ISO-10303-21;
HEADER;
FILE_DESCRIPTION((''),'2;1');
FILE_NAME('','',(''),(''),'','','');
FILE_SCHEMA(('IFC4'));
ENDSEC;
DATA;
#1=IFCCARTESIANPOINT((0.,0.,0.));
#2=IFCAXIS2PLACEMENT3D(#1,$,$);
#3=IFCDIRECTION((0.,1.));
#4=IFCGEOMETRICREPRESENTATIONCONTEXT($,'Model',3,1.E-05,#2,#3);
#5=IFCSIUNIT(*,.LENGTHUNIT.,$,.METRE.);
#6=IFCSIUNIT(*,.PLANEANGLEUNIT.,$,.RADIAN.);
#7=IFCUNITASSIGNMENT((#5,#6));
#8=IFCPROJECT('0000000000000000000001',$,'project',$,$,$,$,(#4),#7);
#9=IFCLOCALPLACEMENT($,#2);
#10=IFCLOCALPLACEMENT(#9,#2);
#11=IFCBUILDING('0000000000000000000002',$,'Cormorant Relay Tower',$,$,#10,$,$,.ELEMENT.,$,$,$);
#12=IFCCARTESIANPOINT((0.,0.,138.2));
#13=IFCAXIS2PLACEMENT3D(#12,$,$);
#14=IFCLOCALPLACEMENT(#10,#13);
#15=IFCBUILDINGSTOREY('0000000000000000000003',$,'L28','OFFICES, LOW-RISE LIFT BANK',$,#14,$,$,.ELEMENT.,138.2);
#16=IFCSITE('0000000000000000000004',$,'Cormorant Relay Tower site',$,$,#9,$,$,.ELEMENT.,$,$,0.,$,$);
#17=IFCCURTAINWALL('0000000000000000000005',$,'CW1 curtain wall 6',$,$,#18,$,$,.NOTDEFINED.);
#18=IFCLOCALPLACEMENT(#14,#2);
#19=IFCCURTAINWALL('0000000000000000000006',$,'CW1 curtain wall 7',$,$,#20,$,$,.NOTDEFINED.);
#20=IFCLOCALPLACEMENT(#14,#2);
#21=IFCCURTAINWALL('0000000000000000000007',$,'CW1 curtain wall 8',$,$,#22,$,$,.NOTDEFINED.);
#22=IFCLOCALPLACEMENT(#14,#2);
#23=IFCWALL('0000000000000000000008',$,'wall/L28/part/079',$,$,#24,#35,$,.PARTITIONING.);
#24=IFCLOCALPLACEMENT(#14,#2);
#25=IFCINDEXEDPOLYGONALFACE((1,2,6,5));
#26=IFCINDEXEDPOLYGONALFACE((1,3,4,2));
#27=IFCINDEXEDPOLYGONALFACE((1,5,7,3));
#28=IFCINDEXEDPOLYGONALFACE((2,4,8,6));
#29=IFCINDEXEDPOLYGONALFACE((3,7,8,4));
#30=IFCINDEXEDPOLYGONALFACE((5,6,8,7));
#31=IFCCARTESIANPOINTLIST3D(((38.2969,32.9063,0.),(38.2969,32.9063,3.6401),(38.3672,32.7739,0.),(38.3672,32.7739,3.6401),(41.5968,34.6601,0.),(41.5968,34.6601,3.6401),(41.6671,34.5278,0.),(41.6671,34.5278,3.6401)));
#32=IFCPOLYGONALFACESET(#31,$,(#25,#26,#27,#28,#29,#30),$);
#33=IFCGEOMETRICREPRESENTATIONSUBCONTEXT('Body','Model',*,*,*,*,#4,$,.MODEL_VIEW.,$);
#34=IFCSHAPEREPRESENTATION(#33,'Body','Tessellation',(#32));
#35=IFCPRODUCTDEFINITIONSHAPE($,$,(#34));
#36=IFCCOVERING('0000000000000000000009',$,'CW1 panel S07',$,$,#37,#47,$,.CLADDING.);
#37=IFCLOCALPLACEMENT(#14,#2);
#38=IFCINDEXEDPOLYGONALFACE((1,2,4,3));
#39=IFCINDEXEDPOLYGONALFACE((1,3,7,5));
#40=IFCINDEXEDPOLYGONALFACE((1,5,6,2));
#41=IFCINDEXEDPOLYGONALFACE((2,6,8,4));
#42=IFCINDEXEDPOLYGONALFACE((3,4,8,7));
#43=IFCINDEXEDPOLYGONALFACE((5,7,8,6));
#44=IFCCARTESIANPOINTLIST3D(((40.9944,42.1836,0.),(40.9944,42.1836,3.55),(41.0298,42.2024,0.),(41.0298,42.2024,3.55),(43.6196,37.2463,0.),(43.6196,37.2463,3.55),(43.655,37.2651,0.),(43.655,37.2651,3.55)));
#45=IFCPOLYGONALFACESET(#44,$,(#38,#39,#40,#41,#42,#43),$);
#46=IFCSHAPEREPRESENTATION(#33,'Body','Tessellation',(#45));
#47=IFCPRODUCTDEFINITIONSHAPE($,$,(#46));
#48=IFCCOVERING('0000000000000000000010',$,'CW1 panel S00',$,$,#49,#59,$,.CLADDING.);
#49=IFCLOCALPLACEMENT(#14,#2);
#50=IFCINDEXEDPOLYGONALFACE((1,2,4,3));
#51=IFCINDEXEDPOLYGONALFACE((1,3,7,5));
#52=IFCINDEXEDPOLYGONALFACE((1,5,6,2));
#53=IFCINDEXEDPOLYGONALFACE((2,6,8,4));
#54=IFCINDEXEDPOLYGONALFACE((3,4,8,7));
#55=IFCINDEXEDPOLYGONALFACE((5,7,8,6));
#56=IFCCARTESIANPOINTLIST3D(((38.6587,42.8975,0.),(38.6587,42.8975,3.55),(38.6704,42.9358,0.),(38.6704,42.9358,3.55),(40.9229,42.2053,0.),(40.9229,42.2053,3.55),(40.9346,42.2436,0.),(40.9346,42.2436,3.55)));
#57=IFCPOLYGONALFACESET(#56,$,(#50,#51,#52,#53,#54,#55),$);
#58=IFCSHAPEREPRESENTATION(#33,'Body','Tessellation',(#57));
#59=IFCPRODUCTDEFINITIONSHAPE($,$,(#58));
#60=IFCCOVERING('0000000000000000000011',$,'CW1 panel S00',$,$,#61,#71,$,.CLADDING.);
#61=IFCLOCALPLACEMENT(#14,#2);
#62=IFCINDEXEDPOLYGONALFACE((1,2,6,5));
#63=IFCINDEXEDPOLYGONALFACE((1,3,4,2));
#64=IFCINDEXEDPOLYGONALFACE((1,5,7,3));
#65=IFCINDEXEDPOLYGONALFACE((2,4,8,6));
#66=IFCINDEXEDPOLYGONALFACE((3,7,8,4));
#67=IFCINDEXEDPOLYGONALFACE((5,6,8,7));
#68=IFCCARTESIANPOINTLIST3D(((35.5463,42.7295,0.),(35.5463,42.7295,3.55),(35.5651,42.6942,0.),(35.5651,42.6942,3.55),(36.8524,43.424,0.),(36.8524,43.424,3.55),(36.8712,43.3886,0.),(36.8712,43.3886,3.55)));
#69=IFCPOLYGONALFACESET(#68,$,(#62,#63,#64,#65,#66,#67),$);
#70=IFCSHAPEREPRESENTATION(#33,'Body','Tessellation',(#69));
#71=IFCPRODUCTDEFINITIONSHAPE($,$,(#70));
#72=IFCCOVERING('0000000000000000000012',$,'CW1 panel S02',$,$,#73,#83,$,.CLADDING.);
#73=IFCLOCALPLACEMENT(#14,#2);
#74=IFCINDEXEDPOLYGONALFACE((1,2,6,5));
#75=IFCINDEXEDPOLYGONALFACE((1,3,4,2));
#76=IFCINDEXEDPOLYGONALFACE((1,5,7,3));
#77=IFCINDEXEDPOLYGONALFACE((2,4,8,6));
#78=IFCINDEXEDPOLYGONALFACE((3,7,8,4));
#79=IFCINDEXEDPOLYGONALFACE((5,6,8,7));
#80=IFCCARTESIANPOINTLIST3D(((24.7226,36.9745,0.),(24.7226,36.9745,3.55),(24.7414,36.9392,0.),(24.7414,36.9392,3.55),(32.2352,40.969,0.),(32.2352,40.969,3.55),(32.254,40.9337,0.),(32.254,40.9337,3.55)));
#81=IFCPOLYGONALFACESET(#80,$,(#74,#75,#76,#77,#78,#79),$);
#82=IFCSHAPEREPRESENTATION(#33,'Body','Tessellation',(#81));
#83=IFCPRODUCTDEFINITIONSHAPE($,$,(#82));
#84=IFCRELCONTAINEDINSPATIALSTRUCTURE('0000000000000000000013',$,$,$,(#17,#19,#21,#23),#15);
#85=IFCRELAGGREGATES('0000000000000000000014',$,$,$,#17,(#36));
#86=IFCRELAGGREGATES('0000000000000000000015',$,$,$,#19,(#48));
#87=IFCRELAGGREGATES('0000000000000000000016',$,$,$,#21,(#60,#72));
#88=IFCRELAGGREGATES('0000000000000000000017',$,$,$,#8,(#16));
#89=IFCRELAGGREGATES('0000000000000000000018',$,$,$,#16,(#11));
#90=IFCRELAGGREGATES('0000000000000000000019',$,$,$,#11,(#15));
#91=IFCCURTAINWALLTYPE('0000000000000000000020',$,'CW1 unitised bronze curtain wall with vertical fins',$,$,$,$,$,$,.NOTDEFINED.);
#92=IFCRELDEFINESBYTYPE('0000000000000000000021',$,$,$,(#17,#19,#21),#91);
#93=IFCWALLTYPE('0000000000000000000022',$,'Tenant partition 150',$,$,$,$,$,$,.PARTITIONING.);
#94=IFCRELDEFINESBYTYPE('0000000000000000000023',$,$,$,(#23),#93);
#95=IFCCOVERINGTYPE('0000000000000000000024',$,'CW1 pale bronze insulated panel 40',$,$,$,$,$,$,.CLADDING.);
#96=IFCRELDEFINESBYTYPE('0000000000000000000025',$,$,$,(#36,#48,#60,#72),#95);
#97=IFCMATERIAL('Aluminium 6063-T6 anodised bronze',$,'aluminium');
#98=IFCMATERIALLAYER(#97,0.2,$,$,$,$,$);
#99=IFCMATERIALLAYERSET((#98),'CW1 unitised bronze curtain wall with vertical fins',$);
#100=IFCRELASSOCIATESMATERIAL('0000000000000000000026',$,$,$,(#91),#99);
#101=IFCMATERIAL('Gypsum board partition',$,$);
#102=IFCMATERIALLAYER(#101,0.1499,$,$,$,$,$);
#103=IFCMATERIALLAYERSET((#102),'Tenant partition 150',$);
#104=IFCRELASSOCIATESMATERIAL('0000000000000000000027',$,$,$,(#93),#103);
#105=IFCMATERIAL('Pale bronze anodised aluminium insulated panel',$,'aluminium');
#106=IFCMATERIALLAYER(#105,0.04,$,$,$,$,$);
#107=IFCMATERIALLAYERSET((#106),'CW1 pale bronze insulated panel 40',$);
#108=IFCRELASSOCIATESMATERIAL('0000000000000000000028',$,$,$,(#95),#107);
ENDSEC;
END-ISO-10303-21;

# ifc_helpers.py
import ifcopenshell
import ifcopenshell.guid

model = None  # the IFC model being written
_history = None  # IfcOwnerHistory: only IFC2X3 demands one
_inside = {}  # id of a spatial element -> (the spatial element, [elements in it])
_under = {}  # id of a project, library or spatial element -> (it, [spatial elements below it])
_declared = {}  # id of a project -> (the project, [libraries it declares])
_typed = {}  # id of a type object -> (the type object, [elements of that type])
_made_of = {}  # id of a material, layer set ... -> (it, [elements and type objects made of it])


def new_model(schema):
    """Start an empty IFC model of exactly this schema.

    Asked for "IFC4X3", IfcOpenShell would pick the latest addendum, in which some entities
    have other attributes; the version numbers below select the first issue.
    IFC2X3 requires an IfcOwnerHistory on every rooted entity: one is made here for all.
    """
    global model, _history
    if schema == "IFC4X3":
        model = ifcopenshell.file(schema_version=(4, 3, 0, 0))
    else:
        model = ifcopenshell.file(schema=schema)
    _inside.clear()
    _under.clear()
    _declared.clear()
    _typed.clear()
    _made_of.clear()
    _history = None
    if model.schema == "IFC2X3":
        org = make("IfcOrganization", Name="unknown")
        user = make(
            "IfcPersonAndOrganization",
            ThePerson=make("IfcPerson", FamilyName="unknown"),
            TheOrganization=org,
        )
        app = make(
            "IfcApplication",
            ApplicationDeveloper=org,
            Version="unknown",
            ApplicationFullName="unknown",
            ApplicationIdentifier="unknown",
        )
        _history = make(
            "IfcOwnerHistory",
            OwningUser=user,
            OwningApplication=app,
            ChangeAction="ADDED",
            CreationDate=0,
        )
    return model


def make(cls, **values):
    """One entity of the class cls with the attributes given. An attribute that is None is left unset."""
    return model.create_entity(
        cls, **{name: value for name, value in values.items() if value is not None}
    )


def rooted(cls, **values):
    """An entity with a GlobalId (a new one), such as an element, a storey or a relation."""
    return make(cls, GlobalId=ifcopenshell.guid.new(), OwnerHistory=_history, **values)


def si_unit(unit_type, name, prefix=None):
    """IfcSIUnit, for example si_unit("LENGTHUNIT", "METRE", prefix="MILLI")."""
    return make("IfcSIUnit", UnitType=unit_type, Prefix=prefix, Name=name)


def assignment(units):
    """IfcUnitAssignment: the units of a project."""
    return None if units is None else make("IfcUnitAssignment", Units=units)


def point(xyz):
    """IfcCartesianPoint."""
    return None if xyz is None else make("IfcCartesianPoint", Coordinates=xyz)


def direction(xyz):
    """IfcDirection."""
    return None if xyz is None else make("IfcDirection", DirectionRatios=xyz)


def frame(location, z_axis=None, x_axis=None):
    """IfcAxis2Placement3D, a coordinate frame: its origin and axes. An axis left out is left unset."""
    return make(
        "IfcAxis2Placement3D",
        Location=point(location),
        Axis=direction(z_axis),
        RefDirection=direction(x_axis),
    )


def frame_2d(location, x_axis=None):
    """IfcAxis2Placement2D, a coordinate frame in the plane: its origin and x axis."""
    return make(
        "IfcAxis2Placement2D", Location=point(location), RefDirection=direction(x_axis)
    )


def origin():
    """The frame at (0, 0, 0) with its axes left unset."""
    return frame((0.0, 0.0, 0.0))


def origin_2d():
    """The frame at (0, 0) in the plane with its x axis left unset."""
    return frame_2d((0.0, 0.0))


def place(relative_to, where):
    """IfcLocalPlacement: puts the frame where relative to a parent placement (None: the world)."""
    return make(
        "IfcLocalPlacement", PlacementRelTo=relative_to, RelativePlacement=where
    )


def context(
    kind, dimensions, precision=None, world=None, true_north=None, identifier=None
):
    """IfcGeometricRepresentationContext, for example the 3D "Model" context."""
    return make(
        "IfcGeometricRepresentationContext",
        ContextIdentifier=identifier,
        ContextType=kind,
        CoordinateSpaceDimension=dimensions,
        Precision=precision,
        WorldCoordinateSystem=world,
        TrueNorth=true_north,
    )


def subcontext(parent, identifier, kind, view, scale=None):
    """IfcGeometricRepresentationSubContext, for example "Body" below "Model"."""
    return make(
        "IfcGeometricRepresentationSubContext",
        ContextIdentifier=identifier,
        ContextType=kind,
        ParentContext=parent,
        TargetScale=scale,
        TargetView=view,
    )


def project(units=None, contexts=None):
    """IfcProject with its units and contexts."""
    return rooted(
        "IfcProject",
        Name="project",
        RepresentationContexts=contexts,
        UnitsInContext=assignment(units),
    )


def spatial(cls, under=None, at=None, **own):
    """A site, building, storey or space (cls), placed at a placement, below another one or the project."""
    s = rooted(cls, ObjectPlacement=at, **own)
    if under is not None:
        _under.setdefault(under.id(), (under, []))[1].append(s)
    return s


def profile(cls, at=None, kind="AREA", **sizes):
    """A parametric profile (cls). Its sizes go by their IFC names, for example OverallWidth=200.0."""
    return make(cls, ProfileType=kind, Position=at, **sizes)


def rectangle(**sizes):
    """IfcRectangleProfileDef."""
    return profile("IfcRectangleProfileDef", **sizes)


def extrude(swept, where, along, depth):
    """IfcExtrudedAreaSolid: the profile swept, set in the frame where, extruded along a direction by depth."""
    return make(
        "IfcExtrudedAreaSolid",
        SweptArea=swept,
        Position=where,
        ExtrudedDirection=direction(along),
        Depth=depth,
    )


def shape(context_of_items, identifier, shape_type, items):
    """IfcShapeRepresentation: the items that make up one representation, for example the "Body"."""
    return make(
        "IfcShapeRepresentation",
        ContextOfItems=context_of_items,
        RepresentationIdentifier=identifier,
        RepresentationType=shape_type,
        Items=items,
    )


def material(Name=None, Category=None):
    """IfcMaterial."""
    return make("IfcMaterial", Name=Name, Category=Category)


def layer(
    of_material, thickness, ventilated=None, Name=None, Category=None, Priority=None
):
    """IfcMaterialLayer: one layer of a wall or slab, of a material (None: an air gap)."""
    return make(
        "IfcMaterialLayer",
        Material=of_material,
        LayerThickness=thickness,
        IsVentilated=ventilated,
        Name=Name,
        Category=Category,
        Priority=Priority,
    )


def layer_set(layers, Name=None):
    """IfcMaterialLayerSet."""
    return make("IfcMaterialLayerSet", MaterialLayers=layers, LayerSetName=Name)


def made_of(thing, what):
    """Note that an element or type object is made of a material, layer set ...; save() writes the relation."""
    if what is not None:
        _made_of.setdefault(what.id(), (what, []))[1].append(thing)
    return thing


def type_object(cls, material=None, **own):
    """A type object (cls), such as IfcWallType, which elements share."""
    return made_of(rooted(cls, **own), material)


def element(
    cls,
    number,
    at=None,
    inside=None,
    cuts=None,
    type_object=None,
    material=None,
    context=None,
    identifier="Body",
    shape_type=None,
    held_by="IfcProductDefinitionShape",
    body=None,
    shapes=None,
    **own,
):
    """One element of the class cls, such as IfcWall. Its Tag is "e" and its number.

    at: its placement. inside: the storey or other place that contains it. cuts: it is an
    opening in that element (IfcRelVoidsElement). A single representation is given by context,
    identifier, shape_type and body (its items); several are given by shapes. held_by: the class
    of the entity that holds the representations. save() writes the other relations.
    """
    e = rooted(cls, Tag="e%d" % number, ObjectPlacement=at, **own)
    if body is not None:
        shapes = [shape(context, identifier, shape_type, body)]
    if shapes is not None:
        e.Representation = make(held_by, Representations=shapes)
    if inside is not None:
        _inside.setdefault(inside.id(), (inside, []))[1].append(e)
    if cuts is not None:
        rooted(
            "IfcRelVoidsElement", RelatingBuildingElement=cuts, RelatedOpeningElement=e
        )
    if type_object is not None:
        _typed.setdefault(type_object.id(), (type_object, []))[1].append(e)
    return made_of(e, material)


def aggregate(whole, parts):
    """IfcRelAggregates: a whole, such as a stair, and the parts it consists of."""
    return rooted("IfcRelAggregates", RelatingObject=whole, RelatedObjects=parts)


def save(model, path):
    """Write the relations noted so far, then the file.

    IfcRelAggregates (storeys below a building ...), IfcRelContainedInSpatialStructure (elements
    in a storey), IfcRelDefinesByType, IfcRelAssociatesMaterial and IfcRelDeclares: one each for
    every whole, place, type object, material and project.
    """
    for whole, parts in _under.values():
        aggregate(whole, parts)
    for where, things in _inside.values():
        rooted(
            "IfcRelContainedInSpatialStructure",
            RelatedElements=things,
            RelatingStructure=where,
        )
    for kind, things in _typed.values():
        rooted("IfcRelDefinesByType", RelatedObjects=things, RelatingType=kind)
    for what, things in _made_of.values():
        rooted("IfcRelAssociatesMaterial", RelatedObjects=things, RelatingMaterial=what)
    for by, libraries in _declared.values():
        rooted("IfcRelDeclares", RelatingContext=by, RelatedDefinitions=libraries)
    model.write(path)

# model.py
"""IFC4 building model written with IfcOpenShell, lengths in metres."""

from ifc_helpers import new_model, si_unit, direction, frame, frame_2d, origin, origin_2d, place, context, subcontext, project, spatial, rectangle, extrude, material, layer, layer_set, type_object, element, aggregate, save


model = new_model("IFC4")

# Units and contexts
model_context = context("Model", 3, precision=1e-05, world=origin(), true_north=direction((0.0, 1.0)))
body_context = subcontext(model_context, "Body", "Model", "MODEL_VIEW")
ifc_project = project(units=[si_unit("LENGTHUNIT", "METRE"), si_unit("PLANEANGLEUNIT", "RADIAN")], contexts=[model_context])

# Site, building, storey
site_placement = place(None, origin())
site = spatial("IfcSite", under=ifc_project, at=site_placement, Name="Cormorant Relay Tower site", CompositionType="ELEMENT", RefElevation=0.0)
building_placement = place(site_placement, origin())
building = spatial("IfcBuilding", under=site, at=building_placement, Name="Cormorant Relay Tower", CompositionType="ELEMENT")
storey_placement = place(building_placement, frame((0.0, 0.0, 138.2)))
storey = spatial("IfcBuildingStorey", under=building, at=storey_placement, Name="L28", Description="OFFICES, LOW-RISE LIFT BANK", CompositionType="ELEMENT", Elevation=138.2)

# Curtain wall
ifc_material_1 = material(Name="Aluminium 6063-T6 anodised bronze", Category="aluminium")
ifc_layer_1 = layer(ifc_material_1, 0.2)
ifc_layer_set_1 = layer_set([ifc_layer_1], Name="CW1 unitised bronze curtain wall with vertical fins")
curtain_wall_type = type_object("IfcCurtainWallType", Name="CW1 unitised bronze curtain wall with vertical fins", PredefinedType="NOTDEFINED", material=ifc_layer_set_1)
curtain_wall_1_placement = place(storey_placement, origin())
curtain_wall_1 = element("IfcCurtainWall", 1, at=curtain_wall_1_placement, inside=storey, type_object=curtain_wall_type, Name="CW1 curtain wall 6", PredefinedType="NOTDEFINED")

# Curtain wall
curtain_wall_2_placement = place(storey_placement, origin())
curtain_wall_2 = element("IfcCurtainWall", 2, at=curtain_wall_2_placement, inside=storey, type_object=curtain_wall_type, Name="CW1 curtain wall 7", PredefinedType="NOTDEFINED")

# Curtain wall
curtain_wall_3_placement = place(storey_placement, origin())
curtain_wall_3 = element("IfcCurtainWall", 3, at=curtain_wall_3_placement, inside=storey, type_object=curtain_wall_type, Name="CW1 curtain wall 8", PredefinedType="NOTDEFINED")

# Wall
ifc_material_2 = material(Name="Gypsum board partition")
ifc_layer_2 = layer(ifc_material_2, 0.1499)
ifc_layer_set_2 = layer_set([ifc_layer_2], Name="Tenant partition 150")
wall_type_1 = type_object("IfcWallType", Name="Tenant partition 150", PredefinedType="PARTITIONING", material=ifc_layer_set_2)
wall_1_placement = place(storey_placement, frame((41.6321, 34.594, 0.0), z_axis=(0.0, 0.0, 1.0), x_axis=(-0.883032, -0.469313, 0.0)))
element("IfcWall", 4, at=wall_1_placement, inside=storey, type_object=wall_type_1, Name="wall/L28/part/079", PredefinedType="PARTITIONING", context=body_context, shape_type="SweptSolid", body=[
    extrude(rectangle(XDim=3.7371, YDim=0.1499, at=frame_2d((1.8687, 0.0))), origin(), (0.0, 0.0, 1.0), 3.6401),
])

# Coverings
ifc_material_3 = material(Name="Pale bronze anodised aluminium insulated panel", Category="aluminium")
ifc_layer_3 = layer(ifc_material_3, 0.04)
ifc_layer_set_3 = layer_set([ifc_layer_3], Name="CW1 pale bronze insulated panel 40")
covering_type = type_object("IfcCoveringType", Name="CW1 pale bronze insulated panel 40", PredefinedType="CLADDING", material=ifc_layer_set_3)
covering_1_placement = place(storey_placement, frame((42.3247, 39.7244, 0.0), z_axis=(0.0, 0.0, 1.0), x_axis=(-0.469472, 0.882948, 0.0)))
covering_1 = element("IfcCovering", 5, at=covering_1_placement, type_object=covering_type, Name="CW1 panel S07", PredefinedType="CLADDING", context=body_context, shape_type="SweptSolid", body=[
    extrude(rectangle(XDim=5.5918, YDim=0.04, at=origin_2d()), origin(), (0.0, 0.0, 1.0), 3.55),
])
aggregate(curtain_wall_1, [covering_1])
covering_2_placement = place(storey_placement, frame((39.7966, 42.5706, 0.0), z_axis=(0.0, 0.0, 1.0), x_axis=(-0.956305, 0.292372, 0.0)))
covering_2 = element("IfcCovering", 6, at=covering_2_placement, type_object=covering_type, Name="CW1 panel S00", PredefinedType="CLADDING", context=body_context, shape_type="SweptSolid", body=[
    extrude(rectangle(XDim=2.3677, YDim=0.04, at=origin_2d()), origin(), (0.0, 0.0, 1.0), 3.55),
])
aggregate(curtain_wall_2, [covering_2])
covering_3_placement = place(storey_placement, frame((36.2087, 43.0591, 0.0), z_axis=(0.0, 0.0, 1.0), x_axis=(-0.882948, -0.469472, 0.0)))
covering_3 = element("IfcCovering", 7, at=covering_3_placement, type_object=covering_type, Name="CW1 panel S00", PredefinedType="CLADDING", context=body_context, shape_type="SweptSolid", body=[
    extrude(rectangle(XDim=1.4792, YDim=0.04, at=origin_2d()), origin(), (0.0, 0.0, 1.0), 3.55),
])
covering_4_placement = place(storey_placement, frame((28.4883, 38.9541, 0.0), z_axis=(0.0, 0.0, 1.0), x_axis=(-0.882948, -0.469472, 0.0)))
covering_4 = element("IfcCovering", 8, at=covering_4_placement, type_object=covering_type, Name="CW1 panel S02", PredefinedType="CLADDING", context=body_context, shape_type="SweptSolid", body=[
    extrude(rectangle(XDim=8.5085, YDim=0.04, at=origin_2d()), origin(), (0.0, 0.0, 1.0), 3.55),
])
aggregate(curtain_wall_3, [covering_3, covering_4])

save(model, "model.ifc")
